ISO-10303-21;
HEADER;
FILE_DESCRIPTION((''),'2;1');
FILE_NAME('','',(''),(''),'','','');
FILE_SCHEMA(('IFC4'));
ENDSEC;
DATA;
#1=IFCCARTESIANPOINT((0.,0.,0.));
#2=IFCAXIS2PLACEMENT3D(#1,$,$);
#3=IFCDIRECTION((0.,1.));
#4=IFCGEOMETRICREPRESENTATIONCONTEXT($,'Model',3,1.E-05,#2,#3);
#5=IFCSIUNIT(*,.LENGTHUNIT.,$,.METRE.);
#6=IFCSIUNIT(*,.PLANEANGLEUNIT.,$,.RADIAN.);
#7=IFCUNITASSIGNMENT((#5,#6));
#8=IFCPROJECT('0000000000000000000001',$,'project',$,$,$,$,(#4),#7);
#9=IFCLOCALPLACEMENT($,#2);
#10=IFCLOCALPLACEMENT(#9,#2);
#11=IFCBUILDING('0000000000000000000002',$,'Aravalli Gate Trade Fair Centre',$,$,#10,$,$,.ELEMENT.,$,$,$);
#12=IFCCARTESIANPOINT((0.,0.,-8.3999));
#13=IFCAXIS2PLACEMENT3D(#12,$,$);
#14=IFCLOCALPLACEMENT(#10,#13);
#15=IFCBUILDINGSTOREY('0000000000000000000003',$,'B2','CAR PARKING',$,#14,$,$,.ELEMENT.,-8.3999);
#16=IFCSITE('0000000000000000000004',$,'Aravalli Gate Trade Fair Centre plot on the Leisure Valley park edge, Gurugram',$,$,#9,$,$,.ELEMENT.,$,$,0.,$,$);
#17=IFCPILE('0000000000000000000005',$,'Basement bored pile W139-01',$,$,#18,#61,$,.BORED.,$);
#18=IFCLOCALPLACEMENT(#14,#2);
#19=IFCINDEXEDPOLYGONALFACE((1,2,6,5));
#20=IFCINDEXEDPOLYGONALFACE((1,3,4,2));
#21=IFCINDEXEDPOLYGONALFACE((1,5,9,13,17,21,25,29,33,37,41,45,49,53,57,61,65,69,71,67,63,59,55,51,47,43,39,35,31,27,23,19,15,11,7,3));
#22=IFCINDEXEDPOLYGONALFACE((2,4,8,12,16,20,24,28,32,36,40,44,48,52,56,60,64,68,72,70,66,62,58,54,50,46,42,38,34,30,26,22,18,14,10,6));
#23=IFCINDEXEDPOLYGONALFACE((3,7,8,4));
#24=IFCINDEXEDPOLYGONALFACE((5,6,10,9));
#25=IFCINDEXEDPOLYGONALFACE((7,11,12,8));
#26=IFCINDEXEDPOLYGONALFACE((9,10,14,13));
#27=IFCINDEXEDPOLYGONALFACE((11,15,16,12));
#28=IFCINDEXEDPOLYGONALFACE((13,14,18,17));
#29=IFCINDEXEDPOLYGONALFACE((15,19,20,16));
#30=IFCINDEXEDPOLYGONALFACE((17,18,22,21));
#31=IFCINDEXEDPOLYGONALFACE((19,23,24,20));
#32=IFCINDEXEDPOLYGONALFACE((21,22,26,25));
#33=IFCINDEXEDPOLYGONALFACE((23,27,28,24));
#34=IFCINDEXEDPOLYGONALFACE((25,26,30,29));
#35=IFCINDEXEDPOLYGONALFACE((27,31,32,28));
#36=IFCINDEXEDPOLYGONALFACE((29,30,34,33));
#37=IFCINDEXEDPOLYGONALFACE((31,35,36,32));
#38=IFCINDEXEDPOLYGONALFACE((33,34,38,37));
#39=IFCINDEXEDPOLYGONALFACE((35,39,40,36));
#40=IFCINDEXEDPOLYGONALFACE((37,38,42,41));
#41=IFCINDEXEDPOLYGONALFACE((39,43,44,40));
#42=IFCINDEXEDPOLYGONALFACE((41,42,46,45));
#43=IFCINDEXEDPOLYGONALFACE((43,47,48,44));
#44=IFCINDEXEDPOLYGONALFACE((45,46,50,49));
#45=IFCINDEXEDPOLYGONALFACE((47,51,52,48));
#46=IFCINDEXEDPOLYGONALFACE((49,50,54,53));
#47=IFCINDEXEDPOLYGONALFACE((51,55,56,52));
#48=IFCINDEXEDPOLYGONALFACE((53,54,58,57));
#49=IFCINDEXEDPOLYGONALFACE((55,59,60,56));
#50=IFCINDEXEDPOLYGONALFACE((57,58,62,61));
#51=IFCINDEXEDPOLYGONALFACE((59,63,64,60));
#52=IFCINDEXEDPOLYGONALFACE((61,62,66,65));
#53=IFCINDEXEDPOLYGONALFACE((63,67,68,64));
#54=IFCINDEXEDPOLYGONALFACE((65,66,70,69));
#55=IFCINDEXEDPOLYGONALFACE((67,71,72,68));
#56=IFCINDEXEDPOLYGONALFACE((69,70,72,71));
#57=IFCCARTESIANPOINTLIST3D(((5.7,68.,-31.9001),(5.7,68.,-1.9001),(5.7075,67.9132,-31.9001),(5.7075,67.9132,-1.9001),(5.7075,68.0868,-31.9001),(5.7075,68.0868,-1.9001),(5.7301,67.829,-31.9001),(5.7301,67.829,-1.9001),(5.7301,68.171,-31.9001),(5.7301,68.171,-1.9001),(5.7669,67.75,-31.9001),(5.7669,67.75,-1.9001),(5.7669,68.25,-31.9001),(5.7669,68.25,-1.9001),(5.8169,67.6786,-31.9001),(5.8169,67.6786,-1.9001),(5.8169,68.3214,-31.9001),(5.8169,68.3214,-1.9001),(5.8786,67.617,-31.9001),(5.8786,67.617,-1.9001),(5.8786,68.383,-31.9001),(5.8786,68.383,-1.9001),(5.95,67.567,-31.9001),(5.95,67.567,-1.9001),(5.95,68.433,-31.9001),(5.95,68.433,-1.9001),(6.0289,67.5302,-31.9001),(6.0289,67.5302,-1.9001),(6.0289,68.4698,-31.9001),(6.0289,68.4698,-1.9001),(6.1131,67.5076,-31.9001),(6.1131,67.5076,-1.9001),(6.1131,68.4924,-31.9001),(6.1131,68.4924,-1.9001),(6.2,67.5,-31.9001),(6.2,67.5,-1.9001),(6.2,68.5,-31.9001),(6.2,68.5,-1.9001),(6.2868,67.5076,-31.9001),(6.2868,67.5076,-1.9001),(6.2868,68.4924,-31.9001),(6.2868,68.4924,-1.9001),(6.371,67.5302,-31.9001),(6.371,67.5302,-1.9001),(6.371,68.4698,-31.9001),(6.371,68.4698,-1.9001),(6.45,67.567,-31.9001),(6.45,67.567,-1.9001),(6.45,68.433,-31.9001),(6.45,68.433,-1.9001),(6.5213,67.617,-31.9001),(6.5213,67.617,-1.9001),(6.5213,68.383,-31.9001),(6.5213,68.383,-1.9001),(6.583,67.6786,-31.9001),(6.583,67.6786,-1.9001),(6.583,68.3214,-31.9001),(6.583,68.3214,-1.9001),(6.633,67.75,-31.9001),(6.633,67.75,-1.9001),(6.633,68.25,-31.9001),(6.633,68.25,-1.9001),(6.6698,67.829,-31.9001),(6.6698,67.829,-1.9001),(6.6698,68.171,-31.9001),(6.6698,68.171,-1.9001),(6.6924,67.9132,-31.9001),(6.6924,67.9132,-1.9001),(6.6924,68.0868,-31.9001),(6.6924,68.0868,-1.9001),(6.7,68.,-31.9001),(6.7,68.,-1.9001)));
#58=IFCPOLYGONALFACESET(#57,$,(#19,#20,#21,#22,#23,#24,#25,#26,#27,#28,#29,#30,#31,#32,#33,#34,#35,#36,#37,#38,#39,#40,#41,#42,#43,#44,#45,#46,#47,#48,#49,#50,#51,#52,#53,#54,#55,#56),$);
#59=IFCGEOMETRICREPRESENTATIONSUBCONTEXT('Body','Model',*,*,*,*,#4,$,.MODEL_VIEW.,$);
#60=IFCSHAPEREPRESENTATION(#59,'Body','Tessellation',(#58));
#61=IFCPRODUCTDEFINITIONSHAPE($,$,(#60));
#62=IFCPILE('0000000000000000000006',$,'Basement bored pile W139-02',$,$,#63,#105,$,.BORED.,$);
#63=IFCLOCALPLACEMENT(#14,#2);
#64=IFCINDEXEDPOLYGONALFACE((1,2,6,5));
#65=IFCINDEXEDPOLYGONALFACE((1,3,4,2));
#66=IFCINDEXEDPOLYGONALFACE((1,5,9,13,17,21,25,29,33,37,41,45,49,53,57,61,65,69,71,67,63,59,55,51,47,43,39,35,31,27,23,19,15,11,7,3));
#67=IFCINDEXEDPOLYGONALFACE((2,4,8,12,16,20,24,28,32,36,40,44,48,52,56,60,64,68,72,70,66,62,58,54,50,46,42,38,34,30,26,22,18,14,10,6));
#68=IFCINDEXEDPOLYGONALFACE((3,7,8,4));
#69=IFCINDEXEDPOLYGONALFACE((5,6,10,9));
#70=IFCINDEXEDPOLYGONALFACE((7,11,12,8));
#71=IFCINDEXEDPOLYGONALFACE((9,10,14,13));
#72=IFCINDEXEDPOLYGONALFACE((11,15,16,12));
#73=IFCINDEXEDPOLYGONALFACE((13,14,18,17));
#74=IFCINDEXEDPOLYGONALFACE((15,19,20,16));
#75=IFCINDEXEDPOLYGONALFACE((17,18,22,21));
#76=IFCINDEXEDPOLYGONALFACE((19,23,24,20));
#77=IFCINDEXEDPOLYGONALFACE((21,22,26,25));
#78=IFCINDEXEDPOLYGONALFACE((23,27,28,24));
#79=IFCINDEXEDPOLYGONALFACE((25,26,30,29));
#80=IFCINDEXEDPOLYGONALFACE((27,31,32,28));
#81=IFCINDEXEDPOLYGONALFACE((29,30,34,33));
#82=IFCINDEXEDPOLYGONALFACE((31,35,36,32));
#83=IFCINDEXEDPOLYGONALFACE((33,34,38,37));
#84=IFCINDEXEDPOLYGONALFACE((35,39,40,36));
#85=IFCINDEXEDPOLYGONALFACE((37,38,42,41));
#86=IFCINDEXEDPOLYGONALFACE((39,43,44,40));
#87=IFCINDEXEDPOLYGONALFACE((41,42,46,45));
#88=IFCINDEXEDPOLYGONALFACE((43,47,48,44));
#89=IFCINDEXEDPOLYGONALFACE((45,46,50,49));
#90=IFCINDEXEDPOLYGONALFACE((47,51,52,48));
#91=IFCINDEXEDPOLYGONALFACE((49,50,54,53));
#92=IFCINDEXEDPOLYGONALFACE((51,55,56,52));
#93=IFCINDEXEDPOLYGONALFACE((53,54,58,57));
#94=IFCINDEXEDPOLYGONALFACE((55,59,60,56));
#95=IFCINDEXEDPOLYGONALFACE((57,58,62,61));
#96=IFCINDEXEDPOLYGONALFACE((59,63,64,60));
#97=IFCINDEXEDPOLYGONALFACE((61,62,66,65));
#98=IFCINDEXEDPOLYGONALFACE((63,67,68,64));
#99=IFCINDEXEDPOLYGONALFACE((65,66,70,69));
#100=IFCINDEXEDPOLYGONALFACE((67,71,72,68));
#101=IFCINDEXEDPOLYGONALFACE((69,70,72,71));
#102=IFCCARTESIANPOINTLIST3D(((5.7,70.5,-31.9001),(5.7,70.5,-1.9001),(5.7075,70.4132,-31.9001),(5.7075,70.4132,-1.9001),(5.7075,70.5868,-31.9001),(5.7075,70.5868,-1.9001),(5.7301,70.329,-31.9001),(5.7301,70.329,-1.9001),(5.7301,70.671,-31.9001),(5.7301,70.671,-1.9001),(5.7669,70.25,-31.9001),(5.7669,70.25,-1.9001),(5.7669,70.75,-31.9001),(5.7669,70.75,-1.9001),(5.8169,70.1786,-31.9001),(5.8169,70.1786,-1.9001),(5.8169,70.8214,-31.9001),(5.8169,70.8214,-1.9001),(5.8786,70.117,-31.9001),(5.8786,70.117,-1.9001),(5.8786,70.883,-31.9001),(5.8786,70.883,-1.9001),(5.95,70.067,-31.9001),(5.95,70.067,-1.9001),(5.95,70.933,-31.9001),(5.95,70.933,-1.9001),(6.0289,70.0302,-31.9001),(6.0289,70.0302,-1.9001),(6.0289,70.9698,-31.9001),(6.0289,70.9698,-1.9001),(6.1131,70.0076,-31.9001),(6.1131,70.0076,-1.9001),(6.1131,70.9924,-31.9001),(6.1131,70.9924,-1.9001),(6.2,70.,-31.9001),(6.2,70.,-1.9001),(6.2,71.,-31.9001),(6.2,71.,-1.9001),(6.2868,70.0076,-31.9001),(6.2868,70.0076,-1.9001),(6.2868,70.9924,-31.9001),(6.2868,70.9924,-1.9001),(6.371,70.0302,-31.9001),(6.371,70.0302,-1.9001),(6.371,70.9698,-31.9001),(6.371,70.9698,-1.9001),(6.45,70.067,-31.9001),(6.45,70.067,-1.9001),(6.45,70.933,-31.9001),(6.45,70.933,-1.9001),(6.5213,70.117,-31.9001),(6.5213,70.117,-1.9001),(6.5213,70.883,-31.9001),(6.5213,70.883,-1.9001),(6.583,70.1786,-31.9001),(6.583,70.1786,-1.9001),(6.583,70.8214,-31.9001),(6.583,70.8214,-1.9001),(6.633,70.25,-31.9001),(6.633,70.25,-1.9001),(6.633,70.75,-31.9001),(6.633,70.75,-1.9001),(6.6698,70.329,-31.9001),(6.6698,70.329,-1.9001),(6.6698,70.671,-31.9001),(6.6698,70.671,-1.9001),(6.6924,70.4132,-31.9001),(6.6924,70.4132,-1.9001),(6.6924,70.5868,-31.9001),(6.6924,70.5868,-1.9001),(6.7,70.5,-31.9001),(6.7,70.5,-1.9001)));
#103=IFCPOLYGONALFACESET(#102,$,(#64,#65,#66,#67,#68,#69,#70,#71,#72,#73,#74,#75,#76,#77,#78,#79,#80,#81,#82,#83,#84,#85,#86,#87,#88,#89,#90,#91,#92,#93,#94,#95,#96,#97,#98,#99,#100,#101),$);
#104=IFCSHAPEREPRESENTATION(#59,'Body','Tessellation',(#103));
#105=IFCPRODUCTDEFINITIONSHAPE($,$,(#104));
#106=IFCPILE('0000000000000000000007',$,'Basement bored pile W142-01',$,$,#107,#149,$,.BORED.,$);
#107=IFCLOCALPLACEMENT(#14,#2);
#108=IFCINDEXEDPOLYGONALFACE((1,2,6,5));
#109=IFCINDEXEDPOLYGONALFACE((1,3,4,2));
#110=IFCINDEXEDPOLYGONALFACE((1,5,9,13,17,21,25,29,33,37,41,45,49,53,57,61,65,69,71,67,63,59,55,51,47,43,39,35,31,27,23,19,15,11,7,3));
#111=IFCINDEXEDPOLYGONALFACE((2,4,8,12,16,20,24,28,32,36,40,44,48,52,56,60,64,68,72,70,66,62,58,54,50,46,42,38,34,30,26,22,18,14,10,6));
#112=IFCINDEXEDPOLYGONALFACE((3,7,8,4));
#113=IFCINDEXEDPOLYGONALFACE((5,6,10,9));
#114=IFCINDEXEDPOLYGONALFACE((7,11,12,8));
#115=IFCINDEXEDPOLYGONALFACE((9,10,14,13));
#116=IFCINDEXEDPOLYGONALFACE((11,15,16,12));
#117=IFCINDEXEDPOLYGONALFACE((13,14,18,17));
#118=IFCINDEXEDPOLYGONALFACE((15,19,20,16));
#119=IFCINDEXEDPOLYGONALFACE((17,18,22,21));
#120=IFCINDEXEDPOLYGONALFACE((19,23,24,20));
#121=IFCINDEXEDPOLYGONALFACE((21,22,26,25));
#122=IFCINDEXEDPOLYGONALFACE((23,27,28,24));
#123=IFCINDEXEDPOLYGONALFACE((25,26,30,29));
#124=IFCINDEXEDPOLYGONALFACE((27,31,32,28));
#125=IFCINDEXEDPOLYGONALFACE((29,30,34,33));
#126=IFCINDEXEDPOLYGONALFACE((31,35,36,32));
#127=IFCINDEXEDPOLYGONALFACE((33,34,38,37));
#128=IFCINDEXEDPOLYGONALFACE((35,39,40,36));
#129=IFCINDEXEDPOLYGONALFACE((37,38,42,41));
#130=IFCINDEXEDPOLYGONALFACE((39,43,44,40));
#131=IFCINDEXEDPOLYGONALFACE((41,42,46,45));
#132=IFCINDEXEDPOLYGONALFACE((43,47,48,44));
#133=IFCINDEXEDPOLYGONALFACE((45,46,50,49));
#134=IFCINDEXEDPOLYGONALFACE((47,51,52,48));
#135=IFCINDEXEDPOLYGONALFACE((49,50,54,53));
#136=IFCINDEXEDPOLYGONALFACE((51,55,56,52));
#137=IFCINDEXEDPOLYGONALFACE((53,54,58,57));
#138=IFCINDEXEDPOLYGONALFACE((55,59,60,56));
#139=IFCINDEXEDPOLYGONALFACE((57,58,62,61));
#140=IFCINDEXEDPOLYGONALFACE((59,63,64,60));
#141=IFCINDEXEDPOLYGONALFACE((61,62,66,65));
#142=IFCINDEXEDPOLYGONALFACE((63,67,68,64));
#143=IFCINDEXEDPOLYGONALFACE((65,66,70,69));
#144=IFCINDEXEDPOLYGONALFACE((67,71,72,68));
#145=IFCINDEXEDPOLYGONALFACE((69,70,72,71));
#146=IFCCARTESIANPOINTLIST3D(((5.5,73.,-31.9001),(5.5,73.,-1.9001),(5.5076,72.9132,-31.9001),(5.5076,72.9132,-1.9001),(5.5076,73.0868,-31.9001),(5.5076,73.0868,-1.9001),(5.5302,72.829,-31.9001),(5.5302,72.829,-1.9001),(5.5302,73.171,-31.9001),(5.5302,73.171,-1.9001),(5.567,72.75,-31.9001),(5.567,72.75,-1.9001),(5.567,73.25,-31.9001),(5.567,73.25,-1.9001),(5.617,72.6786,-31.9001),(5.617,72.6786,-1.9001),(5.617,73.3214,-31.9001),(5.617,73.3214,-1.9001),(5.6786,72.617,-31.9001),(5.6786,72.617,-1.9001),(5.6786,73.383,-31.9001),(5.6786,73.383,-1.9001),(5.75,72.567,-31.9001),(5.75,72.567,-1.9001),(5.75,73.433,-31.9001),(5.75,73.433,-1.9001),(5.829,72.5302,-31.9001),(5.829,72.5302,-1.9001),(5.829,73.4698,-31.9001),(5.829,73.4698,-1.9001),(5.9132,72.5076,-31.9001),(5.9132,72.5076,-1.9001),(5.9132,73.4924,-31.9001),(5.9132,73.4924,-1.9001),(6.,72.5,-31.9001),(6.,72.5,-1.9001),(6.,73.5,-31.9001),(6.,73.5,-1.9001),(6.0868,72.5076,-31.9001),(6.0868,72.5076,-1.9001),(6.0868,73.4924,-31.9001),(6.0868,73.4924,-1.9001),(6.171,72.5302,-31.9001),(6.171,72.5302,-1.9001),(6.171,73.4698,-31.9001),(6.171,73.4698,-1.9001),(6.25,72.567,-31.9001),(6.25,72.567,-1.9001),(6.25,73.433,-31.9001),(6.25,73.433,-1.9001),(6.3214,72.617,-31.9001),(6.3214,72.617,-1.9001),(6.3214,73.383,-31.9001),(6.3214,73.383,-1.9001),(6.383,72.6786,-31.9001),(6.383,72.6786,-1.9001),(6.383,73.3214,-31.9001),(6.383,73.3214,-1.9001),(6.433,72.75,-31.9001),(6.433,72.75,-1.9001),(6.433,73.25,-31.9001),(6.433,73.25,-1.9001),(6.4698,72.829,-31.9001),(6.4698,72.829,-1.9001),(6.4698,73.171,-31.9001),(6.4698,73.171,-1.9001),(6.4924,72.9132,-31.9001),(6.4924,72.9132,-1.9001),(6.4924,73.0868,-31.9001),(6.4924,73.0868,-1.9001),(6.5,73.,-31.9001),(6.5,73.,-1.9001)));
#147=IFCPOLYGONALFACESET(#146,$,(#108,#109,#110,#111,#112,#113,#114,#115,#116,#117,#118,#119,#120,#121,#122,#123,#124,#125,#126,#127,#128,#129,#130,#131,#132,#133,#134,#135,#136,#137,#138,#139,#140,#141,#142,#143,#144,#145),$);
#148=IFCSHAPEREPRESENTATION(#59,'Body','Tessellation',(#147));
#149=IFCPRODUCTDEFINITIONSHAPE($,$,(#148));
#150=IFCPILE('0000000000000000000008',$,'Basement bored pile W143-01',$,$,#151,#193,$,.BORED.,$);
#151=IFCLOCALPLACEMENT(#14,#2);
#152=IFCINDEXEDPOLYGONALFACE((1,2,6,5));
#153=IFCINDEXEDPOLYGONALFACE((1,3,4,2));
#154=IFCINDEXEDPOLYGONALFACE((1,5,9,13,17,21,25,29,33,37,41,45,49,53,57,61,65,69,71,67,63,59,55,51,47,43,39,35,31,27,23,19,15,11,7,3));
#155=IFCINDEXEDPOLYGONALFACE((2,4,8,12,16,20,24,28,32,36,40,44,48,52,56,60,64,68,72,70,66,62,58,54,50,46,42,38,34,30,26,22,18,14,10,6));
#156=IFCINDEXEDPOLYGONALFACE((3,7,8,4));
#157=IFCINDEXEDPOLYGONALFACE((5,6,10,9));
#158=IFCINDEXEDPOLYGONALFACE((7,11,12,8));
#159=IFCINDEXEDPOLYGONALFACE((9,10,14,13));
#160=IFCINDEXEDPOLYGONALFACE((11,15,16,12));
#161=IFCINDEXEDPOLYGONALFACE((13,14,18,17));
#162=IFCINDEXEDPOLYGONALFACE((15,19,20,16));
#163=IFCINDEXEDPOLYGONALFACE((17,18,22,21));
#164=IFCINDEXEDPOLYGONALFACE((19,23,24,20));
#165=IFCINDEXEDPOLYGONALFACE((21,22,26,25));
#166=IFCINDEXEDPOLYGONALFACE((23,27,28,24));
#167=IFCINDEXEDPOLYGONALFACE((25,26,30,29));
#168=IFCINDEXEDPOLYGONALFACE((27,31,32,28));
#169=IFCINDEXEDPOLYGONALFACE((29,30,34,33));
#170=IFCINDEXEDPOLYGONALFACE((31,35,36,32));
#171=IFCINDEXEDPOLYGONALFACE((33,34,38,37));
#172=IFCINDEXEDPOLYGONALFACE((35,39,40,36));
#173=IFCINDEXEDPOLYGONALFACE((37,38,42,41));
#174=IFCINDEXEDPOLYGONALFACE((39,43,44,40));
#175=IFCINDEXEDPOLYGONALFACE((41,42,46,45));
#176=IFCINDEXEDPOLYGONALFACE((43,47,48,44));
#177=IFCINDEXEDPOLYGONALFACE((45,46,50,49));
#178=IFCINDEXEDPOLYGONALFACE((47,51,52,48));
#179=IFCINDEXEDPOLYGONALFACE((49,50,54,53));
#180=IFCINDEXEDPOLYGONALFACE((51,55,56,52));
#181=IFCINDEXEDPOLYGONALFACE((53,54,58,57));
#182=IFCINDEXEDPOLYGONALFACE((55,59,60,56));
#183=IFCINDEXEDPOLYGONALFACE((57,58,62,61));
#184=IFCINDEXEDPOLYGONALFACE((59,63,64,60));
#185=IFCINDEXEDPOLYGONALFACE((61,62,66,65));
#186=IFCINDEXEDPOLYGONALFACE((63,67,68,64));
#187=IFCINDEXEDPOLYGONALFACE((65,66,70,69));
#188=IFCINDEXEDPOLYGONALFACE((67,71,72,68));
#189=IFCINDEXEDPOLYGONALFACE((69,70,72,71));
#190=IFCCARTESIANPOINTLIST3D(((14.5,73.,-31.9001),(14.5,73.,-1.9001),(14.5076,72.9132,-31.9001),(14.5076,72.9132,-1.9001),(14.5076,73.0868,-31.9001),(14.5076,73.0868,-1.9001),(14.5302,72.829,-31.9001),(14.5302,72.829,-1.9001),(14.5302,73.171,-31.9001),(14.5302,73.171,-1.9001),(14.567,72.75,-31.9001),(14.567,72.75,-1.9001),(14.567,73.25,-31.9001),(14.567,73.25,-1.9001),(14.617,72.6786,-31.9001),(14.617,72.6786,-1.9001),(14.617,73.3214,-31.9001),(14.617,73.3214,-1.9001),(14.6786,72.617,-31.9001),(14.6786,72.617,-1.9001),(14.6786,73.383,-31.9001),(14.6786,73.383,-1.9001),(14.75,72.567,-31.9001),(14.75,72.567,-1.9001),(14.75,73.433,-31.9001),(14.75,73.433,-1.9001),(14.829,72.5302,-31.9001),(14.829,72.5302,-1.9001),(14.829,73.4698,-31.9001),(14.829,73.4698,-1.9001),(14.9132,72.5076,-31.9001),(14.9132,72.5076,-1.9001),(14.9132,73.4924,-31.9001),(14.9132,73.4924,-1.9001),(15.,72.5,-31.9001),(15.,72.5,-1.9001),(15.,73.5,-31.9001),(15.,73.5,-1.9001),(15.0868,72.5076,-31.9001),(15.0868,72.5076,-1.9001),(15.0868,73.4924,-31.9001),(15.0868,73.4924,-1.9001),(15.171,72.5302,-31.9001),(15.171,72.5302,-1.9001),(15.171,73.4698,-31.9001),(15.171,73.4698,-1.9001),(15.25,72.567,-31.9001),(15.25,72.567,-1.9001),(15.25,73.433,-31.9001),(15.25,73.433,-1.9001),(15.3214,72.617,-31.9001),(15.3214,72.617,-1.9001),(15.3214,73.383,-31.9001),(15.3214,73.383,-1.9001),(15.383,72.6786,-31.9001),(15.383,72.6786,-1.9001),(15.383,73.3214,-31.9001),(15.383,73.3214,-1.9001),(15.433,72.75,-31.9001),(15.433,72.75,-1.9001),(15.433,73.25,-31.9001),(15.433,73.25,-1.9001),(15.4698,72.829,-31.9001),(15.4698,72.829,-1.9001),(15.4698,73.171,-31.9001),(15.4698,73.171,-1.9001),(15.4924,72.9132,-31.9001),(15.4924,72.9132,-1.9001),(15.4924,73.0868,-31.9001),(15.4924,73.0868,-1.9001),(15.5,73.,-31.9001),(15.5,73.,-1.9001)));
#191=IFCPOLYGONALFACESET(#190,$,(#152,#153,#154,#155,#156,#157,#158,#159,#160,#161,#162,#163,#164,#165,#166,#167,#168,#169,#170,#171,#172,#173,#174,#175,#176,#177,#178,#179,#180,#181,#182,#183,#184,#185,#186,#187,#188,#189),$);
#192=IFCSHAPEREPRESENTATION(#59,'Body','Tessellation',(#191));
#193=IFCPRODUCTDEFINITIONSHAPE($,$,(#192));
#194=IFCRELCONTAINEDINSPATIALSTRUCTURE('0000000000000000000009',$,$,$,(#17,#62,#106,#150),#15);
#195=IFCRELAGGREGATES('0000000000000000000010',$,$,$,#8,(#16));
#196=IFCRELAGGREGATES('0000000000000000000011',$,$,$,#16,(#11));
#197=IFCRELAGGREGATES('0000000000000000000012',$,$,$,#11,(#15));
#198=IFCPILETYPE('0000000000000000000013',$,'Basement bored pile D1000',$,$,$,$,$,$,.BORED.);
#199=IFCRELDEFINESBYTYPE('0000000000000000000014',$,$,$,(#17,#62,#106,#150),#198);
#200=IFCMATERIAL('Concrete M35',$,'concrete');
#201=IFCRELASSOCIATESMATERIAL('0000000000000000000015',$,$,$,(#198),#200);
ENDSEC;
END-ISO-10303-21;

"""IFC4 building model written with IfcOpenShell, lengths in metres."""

from ifc_helpers import new_model, si_unit, direction, frame, origin, origin_2d, place, context, subcontext, project, spatial, circle, extrude, material, material_profile, profile_set, type_object, element, save


model = new_model("IFC4")

# Units and contexts
model_context = context("Model", 3, precision=1e-05, world=origin(), true_north=direction((0.0, 1.0)))
body_context = subcontext(model_context, "Body", "Model", "MODEL_VIEW")
ifc_project = project(units=[si_unit("LENGTHUNIT", "METRE"), si_unit("PLANEANGLEUNIT", "RADIAN")], contexts=[model_context])

# Site, building, storey
site_placement = place(None, origin())
site = spatial("IfcSite", under=ifc_project, at=site_placement, Name="Aravalli Gate Trade Fair Centre plot on the Leisure Valley park edge, Gurugram", CompositionType="ELEMENT", RefElevation=0.0)
building_placement = place(site_placement, origin())
building = spatial("IfcBuilding", under=site, at=building_placement, Name="Aravalli Gate Trade Fair Centre", CompositionType="ELEMENT")
storey_placement = place(building_placement, frame((0.0, 0.0, -8.3999)))
storey = spatial("IfcBuildingStorey", under=building, at=storey_placement, Name="B2", Description="CAR PARKING", CompositionType="ELEMENT", Elevation=-8.3999)

# Piles
ifc_material_1 = material(Name="Concrete M35", Category="concrete")
ifc_material_profile_1 = material_profile(ifc_material_1, circle(Radius=0.5, at=origin_2d()), Name="D1000")
ifc_profile_set_1 = profile_set([ifc_material_profile_1], Name="Concrete M35")
pile_type = type_object("IfcPileType", Name="Basement bored pile D1000", PredefinedType="BORED", material=ifc_profile_set_1)
for number, where, z_axis, x_axis, name in (
    (1, (6.2, 68.0, -1.9001), (0.0, 0.0, -1.0), (1.0, 0.0, 0.0), "Basement bored pile W139-01"),
    (2, (6.2, 70.5, -1.9001), (0.0, 0.0, -1.0), (1.0, 0.0, 0.0), "Basement bored pile W139-02"),
    (3, (6.0, 73.0, -1.9001), (0.0, 0.0, -1.0), (1.0, 0.0, 0.0), "Basement bored pile W142-01"),
    (4, (15.0, 73.0, -1.9001), (0.0, 0.0, -1.0), (1.0, 0.0, 0.0), "Basement bored pile W143-01"),
):
    element("IfcPile", number, at=place(storey_placement, frame(where, z_axis=z_axis, x_axis=x_axis)), inside=storey, type_object=pile_type, Name=name, PredefinedType="BORED", context=body_context, shape_type="SweptSolid", body=[
        extrude(circle(Radius=0.5, at=origin_2d()), origin(), (0.0, 0.0, 1.0), 30.0),
    ])

save(model, "model.ifc")
